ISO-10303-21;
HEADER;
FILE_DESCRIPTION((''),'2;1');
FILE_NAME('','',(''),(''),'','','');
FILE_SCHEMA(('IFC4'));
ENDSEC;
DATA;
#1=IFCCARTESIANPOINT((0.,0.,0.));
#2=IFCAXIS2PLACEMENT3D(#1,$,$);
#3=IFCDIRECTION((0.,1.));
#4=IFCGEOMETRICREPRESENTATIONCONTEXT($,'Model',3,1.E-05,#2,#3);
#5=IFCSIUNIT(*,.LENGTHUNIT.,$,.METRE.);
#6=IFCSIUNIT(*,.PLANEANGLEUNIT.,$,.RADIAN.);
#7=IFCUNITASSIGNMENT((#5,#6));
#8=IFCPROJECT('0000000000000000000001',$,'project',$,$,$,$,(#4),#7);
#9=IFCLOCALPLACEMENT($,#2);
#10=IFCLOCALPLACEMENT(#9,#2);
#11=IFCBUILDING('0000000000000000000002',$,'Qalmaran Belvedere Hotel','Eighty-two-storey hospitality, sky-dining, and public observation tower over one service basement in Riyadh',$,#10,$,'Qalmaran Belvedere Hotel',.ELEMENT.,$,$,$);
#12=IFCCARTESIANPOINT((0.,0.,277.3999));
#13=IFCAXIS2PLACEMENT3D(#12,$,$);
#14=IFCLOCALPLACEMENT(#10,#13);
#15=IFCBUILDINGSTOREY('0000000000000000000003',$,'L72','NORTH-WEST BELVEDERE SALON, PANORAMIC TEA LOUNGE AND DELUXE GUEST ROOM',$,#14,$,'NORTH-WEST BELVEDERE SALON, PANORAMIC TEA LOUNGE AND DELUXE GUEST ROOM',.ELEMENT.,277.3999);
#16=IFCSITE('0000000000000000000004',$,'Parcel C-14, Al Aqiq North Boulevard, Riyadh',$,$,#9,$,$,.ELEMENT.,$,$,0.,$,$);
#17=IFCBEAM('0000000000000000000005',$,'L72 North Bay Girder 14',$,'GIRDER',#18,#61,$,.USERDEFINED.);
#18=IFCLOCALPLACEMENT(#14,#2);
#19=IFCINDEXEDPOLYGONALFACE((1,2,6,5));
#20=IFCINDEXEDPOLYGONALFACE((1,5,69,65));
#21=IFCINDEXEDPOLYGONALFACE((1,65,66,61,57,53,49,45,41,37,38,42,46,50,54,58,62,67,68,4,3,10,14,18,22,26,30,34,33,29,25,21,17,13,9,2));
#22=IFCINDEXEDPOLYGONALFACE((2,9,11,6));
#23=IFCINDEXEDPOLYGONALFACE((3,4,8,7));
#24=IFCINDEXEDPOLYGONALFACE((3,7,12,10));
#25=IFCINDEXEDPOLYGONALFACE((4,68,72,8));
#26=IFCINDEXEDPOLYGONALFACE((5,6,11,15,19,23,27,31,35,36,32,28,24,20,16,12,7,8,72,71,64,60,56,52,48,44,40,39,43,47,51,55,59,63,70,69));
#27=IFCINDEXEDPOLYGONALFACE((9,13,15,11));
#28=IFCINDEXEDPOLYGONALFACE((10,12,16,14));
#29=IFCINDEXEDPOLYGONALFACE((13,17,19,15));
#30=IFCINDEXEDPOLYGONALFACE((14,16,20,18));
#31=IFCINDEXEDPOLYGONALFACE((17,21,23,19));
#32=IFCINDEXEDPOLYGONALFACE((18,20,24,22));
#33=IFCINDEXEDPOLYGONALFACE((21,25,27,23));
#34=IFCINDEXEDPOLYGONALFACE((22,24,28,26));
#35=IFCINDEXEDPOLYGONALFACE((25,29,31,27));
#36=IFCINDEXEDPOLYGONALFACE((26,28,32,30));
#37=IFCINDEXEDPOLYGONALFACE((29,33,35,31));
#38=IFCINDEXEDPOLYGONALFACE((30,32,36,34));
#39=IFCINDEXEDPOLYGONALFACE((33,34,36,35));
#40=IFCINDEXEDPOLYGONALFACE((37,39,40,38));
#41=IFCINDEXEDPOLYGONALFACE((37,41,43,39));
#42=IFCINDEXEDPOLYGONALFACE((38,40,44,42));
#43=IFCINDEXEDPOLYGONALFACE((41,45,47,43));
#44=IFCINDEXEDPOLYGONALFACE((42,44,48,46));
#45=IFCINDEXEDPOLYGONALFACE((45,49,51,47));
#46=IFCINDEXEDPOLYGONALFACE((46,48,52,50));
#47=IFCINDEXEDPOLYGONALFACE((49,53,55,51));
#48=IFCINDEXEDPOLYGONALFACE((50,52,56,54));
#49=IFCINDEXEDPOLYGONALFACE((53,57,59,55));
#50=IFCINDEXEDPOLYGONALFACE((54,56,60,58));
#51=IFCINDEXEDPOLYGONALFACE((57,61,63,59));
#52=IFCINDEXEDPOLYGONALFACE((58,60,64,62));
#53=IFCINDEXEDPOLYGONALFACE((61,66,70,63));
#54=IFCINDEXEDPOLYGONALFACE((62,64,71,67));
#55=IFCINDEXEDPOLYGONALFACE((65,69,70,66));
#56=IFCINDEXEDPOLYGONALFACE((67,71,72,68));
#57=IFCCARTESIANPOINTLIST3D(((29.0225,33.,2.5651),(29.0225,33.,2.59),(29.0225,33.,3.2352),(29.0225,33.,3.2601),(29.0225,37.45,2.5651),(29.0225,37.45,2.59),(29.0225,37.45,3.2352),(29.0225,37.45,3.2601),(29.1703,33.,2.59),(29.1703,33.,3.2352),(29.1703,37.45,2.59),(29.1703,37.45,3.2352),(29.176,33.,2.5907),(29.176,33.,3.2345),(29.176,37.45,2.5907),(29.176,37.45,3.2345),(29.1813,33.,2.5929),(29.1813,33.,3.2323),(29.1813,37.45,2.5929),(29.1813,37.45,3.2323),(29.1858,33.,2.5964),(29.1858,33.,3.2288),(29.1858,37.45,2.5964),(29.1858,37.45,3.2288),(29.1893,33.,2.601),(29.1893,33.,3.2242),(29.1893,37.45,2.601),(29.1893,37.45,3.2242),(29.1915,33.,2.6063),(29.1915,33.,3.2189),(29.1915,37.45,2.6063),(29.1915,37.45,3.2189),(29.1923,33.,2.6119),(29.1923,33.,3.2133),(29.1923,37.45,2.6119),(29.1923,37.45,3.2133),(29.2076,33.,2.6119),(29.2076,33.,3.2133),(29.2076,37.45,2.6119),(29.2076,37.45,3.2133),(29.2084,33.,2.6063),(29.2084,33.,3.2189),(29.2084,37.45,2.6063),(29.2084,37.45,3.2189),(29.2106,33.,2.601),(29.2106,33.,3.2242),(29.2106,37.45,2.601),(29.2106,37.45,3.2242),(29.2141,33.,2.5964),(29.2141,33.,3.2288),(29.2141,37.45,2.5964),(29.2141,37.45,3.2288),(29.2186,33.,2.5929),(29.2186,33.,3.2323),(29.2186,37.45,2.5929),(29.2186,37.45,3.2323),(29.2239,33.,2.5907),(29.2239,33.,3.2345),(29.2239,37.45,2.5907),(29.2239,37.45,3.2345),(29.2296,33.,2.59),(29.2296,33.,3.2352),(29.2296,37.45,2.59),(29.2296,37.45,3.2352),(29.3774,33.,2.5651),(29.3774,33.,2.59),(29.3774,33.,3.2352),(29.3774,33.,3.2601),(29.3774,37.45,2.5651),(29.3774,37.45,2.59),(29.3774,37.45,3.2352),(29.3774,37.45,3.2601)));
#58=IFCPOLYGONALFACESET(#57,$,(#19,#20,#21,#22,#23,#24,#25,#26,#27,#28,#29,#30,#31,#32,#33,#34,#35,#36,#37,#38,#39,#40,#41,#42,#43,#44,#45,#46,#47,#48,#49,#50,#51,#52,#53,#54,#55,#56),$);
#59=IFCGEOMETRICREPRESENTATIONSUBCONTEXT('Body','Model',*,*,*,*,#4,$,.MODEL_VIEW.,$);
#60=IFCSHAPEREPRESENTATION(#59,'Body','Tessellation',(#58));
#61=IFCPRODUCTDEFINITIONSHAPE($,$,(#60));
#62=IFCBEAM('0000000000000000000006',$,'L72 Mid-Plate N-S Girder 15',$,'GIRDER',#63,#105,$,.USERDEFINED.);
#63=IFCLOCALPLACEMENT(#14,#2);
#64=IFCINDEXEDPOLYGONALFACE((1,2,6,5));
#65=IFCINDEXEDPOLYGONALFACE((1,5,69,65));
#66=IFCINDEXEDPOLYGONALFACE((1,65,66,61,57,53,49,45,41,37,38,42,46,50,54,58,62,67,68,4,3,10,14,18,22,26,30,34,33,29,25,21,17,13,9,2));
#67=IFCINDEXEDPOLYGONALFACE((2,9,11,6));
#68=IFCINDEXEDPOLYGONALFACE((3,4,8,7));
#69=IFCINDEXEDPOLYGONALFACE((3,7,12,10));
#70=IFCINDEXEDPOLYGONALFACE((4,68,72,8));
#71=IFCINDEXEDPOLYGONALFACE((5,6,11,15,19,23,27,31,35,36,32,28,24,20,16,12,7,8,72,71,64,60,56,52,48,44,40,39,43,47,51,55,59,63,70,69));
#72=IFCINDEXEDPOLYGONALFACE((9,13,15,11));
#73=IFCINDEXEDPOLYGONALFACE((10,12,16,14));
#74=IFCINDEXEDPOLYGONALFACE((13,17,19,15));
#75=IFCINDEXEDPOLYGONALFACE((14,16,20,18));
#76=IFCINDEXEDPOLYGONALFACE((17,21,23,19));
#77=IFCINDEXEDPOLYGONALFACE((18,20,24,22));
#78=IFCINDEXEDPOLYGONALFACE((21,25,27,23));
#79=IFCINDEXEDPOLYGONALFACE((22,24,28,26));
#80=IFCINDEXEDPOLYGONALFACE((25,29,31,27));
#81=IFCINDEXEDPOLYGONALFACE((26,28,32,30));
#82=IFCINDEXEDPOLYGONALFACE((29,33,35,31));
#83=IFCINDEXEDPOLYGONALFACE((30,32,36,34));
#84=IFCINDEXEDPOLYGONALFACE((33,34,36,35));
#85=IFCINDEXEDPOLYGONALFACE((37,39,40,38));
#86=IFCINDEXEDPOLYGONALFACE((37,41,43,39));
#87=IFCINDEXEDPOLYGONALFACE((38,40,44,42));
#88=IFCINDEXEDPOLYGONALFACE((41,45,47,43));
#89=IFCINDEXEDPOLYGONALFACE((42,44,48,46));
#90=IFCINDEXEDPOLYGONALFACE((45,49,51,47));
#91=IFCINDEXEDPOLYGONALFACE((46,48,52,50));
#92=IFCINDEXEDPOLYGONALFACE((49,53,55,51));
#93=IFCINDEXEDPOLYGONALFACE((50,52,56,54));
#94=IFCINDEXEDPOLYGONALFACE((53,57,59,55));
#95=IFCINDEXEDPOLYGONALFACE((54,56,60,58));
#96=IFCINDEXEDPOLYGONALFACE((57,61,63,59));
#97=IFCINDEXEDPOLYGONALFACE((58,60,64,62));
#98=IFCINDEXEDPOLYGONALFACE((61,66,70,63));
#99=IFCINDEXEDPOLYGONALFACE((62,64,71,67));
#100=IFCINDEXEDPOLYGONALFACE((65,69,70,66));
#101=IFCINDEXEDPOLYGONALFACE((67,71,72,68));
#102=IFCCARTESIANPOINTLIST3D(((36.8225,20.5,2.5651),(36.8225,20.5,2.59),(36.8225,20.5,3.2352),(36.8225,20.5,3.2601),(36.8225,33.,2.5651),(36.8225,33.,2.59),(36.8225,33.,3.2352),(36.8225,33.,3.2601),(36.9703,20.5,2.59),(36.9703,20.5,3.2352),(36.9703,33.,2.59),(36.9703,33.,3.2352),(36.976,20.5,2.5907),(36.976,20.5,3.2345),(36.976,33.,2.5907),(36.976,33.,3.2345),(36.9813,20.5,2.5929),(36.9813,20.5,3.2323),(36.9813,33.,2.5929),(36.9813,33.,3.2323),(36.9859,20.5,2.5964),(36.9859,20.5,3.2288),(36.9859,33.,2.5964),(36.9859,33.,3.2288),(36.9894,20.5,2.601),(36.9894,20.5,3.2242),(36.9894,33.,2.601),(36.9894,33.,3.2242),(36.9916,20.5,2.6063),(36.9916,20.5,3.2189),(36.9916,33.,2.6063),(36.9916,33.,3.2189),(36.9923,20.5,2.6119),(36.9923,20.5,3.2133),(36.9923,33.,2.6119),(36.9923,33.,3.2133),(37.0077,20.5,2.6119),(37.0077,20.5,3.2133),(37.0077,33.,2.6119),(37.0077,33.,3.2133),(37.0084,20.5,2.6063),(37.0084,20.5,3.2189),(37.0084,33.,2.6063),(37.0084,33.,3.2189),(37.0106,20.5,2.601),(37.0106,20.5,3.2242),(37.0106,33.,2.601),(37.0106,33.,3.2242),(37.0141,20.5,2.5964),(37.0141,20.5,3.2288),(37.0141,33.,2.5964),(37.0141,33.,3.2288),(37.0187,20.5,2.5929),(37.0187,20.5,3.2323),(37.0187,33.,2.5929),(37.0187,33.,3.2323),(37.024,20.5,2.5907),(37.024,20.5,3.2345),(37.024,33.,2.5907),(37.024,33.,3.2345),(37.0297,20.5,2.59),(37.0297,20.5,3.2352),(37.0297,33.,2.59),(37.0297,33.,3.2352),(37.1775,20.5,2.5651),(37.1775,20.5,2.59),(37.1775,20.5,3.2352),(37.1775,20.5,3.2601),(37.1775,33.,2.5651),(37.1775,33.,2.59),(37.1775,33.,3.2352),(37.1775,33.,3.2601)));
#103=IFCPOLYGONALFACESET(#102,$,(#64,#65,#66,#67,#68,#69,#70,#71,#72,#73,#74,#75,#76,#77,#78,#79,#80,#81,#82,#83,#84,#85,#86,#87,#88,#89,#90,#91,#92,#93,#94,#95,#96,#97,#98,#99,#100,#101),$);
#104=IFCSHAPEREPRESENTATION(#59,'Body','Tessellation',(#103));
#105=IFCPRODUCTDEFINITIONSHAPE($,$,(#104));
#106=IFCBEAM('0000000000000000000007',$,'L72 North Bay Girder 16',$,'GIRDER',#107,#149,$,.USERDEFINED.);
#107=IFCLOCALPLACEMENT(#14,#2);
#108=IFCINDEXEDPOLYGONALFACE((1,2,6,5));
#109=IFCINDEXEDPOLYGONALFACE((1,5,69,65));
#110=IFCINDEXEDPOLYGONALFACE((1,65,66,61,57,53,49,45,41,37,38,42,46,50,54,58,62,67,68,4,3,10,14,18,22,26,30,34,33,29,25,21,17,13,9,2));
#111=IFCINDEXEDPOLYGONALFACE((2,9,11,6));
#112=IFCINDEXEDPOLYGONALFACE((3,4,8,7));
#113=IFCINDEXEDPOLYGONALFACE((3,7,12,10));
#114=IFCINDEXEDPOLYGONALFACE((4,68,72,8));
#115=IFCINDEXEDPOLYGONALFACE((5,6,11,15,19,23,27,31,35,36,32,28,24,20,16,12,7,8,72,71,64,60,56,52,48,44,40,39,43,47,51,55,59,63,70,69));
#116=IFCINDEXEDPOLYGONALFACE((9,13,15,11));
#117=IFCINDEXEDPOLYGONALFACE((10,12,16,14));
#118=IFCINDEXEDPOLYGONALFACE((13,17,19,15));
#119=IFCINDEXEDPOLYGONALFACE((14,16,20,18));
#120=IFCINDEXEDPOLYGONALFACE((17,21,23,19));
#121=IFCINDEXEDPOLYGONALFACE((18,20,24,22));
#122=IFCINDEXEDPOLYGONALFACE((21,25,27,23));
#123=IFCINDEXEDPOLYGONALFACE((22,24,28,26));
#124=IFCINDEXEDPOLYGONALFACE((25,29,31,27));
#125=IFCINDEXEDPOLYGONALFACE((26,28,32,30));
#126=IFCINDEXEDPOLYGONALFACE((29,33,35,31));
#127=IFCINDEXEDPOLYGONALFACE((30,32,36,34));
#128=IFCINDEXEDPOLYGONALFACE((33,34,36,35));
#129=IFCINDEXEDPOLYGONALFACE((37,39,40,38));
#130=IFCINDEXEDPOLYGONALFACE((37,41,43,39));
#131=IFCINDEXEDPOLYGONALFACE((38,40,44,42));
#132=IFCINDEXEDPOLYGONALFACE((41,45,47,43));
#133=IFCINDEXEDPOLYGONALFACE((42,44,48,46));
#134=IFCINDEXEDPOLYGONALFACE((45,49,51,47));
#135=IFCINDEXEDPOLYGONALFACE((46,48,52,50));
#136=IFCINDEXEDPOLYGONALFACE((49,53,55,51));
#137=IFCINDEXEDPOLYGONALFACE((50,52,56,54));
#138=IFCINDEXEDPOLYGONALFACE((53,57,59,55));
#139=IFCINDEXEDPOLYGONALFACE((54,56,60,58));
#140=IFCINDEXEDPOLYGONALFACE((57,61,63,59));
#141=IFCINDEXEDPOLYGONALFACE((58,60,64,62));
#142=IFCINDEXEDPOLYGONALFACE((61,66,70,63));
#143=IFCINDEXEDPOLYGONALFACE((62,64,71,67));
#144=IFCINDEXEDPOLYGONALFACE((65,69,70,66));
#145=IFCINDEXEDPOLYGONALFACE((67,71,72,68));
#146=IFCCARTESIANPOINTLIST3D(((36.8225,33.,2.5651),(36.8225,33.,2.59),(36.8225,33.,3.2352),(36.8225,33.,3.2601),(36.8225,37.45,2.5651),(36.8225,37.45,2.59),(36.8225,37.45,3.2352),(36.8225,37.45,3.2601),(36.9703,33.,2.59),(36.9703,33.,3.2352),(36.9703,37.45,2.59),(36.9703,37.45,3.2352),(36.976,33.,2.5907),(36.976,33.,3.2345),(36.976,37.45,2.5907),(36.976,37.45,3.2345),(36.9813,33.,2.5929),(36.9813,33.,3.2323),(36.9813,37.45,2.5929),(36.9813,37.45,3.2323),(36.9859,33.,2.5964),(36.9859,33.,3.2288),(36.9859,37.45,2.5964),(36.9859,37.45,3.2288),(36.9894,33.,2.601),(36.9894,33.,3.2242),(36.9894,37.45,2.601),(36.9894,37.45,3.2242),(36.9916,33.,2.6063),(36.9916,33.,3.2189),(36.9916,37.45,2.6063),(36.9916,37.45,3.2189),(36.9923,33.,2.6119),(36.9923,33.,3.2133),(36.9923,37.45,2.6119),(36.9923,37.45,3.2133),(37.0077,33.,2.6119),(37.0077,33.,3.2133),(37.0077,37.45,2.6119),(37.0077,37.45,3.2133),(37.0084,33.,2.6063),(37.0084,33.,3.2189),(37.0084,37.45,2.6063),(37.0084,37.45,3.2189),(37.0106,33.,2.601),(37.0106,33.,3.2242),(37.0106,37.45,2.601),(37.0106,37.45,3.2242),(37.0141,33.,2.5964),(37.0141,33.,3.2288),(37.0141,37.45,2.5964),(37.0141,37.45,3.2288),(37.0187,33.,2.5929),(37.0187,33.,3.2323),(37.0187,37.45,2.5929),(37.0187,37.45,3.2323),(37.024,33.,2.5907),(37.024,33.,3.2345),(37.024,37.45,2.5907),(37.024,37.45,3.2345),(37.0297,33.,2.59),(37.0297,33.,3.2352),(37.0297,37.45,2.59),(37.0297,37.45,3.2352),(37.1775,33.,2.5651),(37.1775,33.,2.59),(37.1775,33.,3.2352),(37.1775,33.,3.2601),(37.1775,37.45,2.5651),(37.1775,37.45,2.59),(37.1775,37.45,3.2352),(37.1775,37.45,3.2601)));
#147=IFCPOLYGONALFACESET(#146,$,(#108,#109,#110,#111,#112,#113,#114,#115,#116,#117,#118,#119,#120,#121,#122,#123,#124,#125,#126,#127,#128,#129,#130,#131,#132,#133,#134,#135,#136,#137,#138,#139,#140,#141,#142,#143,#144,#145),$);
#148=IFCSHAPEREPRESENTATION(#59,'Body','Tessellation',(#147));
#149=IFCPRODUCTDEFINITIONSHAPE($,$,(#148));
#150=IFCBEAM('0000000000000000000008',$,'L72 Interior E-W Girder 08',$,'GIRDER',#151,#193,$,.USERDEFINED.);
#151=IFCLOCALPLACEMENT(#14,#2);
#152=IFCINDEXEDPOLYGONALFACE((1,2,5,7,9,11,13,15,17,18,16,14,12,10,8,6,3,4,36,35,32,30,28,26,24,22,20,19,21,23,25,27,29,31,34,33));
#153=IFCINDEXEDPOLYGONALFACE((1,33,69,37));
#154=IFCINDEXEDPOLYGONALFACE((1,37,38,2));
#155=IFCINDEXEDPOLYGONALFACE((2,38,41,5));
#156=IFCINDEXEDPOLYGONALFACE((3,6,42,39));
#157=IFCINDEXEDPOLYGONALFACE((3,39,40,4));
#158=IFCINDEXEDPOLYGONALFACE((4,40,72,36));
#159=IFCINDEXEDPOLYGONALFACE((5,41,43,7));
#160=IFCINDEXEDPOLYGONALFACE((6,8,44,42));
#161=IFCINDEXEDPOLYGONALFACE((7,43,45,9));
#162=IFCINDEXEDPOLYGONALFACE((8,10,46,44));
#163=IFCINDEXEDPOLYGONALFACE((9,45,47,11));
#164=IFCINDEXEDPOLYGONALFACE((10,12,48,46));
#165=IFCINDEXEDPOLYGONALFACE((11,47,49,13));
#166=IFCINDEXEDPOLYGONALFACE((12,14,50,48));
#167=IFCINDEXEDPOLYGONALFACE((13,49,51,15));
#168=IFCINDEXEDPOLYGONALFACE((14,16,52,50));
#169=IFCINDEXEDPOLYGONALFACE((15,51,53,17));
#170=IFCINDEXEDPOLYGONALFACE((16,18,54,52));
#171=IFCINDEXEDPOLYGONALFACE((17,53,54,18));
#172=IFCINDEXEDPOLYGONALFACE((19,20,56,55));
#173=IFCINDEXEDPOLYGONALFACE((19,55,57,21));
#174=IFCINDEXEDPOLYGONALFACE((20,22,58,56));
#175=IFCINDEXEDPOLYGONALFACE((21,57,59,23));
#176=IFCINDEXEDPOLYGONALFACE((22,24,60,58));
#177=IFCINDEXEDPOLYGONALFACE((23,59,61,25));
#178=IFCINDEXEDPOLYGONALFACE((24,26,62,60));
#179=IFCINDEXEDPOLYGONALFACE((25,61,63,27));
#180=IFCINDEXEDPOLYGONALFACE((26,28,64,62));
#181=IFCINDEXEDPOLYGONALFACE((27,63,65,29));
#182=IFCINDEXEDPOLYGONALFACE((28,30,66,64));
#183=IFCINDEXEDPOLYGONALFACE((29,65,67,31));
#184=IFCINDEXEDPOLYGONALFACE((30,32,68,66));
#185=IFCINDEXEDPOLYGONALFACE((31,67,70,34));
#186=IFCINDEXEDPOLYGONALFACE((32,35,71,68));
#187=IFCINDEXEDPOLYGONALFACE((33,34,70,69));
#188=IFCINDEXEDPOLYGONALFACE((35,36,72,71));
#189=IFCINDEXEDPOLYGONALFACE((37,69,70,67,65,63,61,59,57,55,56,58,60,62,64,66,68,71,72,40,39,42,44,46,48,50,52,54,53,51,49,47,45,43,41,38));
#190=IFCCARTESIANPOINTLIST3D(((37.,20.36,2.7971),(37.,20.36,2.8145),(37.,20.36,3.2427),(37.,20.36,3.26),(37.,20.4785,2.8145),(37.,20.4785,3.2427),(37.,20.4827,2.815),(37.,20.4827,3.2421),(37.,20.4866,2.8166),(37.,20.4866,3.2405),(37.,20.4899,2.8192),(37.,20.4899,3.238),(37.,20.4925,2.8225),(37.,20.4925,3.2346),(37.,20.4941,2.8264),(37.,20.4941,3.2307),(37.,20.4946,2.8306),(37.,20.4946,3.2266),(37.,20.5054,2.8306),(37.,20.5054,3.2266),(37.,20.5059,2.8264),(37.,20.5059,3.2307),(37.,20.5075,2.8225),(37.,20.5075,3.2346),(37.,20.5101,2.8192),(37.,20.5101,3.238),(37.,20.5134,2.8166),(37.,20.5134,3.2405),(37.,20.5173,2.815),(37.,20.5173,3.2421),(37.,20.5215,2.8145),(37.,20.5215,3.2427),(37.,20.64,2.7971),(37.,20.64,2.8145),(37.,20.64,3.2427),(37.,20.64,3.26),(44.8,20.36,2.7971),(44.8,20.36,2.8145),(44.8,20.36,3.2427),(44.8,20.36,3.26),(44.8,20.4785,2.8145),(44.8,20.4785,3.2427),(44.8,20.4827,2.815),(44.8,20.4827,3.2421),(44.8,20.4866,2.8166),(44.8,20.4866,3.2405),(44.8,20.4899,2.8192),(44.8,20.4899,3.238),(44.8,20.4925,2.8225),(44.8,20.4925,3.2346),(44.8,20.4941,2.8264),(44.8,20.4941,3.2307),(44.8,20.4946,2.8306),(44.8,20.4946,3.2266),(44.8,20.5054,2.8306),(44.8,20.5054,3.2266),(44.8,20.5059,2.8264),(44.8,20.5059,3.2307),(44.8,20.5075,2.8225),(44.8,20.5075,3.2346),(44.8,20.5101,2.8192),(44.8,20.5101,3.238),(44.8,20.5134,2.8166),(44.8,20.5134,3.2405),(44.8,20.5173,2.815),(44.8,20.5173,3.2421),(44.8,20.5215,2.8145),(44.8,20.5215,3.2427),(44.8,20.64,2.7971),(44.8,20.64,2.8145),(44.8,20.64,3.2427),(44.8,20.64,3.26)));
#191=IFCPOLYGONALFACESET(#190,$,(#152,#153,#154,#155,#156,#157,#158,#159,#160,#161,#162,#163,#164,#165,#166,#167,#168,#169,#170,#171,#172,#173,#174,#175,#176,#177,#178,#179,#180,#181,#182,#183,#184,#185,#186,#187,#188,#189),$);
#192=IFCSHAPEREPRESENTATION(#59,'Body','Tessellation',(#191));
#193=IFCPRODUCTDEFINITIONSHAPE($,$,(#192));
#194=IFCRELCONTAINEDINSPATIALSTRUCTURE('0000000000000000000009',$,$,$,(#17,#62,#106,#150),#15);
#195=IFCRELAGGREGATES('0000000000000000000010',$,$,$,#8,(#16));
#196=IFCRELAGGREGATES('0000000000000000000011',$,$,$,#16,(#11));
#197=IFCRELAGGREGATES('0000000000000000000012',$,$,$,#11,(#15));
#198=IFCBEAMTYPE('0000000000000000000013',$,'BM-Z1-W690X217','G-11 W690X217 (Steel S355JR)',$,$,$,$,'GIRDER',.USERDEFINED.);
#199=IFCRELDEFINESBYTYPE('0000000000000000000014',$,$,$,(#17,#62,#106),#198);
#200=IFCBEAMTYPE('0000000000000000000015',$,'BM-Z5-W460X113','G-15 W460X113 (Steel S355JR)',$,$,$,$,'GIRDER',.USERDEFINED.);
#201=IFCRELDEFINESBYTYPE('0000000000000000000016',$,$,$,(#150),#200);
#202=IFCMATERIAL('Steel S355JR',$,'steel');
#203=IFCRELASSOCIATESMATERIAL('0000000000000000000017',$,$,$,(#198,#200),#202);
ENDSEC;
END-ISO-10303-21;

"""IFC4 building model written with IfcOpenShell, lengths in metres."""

from ifc_helpers import new_model, si_unit, direction, frame, origin, origin_2d, place, context, subcontext, project, spatial, i_section, extrude, material, material_profile, profile_set, type_object, element, save


model = new_model("IFC4")

# Units and contexts
model_context = context("Model", 3, precision=1e-05, world=origin(), true_north=direction((0.0, 1.0)))
body_context = subcontext(model_context, "Body", "Model", "MODEL_VIEW")
ifc_project = project(units=[si_unit("LENGTHUNIT", "METRE"), si_unit("PLANEANGLEUNIT", "RADIAN")], contexts=[model_context])

# Site, building, storey
site_placement = place(None, origin())
site = spatial("IfcSite", under=ifc_project, at=site_placement, Name="Parcel C-14, Al Aqiq North Boulevard, Riyadh", CompositionType="ELEMENT", RefElevation=0.0)
building_placement = place(site_placement, origin())
building = spatial("IfcBuilding", under=site, at=building_placement, Name="Qalmaran Belvedere Hotel", Description="Eighty-two-storey hospitality, sky-dining, and public observation tower over one service basement in Riyadh", LongName="Qalmaran Belvedere Hotel", CompositionType="ELEMENT")
storey_placement = place(building_placement, frame((0.0, 0.0, 277.3999)))
storey = spatial("IfcBuildingStorey", under=building, at=storey_placement, Name="L72", Description="NORTH-WEST BELVEDERE SALON, PANORAMIC TEA LOUNGE AND DELUXE GUEST ROOM", LongName="NORTH-WEST BELVEDERE SALON, PANORAMIC TEA LOUNGE AND DELUXE GUEST ROOM", CompositionType="ELEMENT", Elevation=277.3999)

# Beams
ifc_material_1 = material(Name="Steel S355JR", Category="steel")
ifc_material_profile_1 = material_profile(ifc_material_1, i_section(OverallWidth=0.355, OverallDepth=0.6951, WebThickness=0.0154, FlangeThickness=0.0249, FilletRadius=0.022, at=origin_2d()), Name="W690X217")
ifc_profile_set_1 = profile_set([ifc_material_profile_1], Name="Steel S355JR")
beam_type_1 = type_object("IfcBeamType", Name="BM-Z1-W690X217", Description="G-11 W690X217 (Steel S355JR)", ElementType="GIRDER", PredefinedType="USERDEFINED", material=ifc_profile_set_1)
beam_1_placement = place(storey_placement, frame((29.2, 33.0, 2.9126), z_axis=(0.0, 1.0, 0.0), x_axis=(-1.0, 0.0, 0.0)))
element("IfcBeam", 1, at=beam_1_placement, inside=storey, type_object=beam_type_1, Name="L72 North Bay Girder 14", ObjectType="GIRDER", PredefinedType="USERDEFINED", context=body_context, shape_type="SweptSolid", body=[
    extrude(i_section(OverallWidth=0.355, OverallDepth=0.6951, WebThickness=0.0154, FlangeThickness=0.0249, FilletRadius=0.022, at=origin_2d()), origin(), (0.0, 0.0, 1.0), 4.45),
])
beam_2_placement = place(storey_placement, frame((37.0, 20.5, 2.9126), z_axis=(0.0, 1.0, 0.0), x_axis=(-1.0, 0.0, 0.0)))
element("IfcBeam", 2, at=beam_2_placement, inside=storey, type_object=beam_type_1, Name="L72 Mid-Plate N-S Girder 15", ObjectType="GIRDER", PredefinedType="USERDEFINED", context=body_context, shape_type="SweptSolid", body=[
    extrude(i_section(OverallWidth=0.355, OverallDepth=0.6951, WebThickness=0.0154, FlangeThickness=0.0249, FilletRadius=0.022, at=origin_2d()), origin(), (0.0, 0.0, 1.0), 12.5),
])
beam_3_placement = place(storey_placement, frame((37.0, 33.0, 2.9126), z_axis=(0.0, 1.0, 0.0), x_axis=(-1.0, 0.0, 0.0)))
element("IfcBeam", 3, at=beam_3_placement, inside=storey, type_object=beam_type_1, Name="L72 North Bay Girder 16", ObjectType="GIRDER", PredefinedType="USERDEFINED", context=body_context, shape_type="SweptSolid", body=[
    extrude(i_section(OverallWidth=0.355, OverallDepth=0.6951, WebThickness=0.0154, FlangeThickness=0.0249, FilletRadius=0.022, at=origin_2d()), origin(), (0.0, 0.0, 1.0), 4.45),
])
ifc_material_profile_2 = material_profile(ifc_material_1, i_section(OverallWidth=0.28, OverallDepth=0.4629, WebThickness=0.0107, FlangeThickness=0.0173, FilletRadius=0.0161, at=origin_2d()), Name="W460X113")
ifc_profile_set_2 = profile_set([ifc_material_profile_2], Name="Steel S355JR")
beam_type_2 = type_object("IfcBeamType", Name="BM-Z5-W460X113", Description="G-15 W460X113 (Steel S355JR)", ElementType="GIRDER", PredefinedType="USERDEFINED", material=ifc_profile_set_2)
for number, where, z_axis, x_axis, name in (
    (4, (37.0, 20.5, 3.0286), (1.0, 0.0, 0.0), (0.0, 1.0, 0.0), "L72 Interior E-W Girder 08"),
):
    element("IfcBeam", number, at=place(storey_placement, frame(where, z_axis=z_axis, x_axis=x_axis)), inside=storey, type_object=beam_type_2, Name=name, ObjectType="GIRDER", PredefinedType="USERDEFINED", context=body_context, shape_type="SweptSolid", body=[
        extrude(i_section(OverallWidth=0.28, OverallDepth=0.4629, WebThickness=0.0107, FlangeThickness=0.0173, FilletRadius=0.0161, at=origin_2d()), origin(), (0.0, 0.0, 1.0), 7.8),
    ])

save(model, "model.ifc")
